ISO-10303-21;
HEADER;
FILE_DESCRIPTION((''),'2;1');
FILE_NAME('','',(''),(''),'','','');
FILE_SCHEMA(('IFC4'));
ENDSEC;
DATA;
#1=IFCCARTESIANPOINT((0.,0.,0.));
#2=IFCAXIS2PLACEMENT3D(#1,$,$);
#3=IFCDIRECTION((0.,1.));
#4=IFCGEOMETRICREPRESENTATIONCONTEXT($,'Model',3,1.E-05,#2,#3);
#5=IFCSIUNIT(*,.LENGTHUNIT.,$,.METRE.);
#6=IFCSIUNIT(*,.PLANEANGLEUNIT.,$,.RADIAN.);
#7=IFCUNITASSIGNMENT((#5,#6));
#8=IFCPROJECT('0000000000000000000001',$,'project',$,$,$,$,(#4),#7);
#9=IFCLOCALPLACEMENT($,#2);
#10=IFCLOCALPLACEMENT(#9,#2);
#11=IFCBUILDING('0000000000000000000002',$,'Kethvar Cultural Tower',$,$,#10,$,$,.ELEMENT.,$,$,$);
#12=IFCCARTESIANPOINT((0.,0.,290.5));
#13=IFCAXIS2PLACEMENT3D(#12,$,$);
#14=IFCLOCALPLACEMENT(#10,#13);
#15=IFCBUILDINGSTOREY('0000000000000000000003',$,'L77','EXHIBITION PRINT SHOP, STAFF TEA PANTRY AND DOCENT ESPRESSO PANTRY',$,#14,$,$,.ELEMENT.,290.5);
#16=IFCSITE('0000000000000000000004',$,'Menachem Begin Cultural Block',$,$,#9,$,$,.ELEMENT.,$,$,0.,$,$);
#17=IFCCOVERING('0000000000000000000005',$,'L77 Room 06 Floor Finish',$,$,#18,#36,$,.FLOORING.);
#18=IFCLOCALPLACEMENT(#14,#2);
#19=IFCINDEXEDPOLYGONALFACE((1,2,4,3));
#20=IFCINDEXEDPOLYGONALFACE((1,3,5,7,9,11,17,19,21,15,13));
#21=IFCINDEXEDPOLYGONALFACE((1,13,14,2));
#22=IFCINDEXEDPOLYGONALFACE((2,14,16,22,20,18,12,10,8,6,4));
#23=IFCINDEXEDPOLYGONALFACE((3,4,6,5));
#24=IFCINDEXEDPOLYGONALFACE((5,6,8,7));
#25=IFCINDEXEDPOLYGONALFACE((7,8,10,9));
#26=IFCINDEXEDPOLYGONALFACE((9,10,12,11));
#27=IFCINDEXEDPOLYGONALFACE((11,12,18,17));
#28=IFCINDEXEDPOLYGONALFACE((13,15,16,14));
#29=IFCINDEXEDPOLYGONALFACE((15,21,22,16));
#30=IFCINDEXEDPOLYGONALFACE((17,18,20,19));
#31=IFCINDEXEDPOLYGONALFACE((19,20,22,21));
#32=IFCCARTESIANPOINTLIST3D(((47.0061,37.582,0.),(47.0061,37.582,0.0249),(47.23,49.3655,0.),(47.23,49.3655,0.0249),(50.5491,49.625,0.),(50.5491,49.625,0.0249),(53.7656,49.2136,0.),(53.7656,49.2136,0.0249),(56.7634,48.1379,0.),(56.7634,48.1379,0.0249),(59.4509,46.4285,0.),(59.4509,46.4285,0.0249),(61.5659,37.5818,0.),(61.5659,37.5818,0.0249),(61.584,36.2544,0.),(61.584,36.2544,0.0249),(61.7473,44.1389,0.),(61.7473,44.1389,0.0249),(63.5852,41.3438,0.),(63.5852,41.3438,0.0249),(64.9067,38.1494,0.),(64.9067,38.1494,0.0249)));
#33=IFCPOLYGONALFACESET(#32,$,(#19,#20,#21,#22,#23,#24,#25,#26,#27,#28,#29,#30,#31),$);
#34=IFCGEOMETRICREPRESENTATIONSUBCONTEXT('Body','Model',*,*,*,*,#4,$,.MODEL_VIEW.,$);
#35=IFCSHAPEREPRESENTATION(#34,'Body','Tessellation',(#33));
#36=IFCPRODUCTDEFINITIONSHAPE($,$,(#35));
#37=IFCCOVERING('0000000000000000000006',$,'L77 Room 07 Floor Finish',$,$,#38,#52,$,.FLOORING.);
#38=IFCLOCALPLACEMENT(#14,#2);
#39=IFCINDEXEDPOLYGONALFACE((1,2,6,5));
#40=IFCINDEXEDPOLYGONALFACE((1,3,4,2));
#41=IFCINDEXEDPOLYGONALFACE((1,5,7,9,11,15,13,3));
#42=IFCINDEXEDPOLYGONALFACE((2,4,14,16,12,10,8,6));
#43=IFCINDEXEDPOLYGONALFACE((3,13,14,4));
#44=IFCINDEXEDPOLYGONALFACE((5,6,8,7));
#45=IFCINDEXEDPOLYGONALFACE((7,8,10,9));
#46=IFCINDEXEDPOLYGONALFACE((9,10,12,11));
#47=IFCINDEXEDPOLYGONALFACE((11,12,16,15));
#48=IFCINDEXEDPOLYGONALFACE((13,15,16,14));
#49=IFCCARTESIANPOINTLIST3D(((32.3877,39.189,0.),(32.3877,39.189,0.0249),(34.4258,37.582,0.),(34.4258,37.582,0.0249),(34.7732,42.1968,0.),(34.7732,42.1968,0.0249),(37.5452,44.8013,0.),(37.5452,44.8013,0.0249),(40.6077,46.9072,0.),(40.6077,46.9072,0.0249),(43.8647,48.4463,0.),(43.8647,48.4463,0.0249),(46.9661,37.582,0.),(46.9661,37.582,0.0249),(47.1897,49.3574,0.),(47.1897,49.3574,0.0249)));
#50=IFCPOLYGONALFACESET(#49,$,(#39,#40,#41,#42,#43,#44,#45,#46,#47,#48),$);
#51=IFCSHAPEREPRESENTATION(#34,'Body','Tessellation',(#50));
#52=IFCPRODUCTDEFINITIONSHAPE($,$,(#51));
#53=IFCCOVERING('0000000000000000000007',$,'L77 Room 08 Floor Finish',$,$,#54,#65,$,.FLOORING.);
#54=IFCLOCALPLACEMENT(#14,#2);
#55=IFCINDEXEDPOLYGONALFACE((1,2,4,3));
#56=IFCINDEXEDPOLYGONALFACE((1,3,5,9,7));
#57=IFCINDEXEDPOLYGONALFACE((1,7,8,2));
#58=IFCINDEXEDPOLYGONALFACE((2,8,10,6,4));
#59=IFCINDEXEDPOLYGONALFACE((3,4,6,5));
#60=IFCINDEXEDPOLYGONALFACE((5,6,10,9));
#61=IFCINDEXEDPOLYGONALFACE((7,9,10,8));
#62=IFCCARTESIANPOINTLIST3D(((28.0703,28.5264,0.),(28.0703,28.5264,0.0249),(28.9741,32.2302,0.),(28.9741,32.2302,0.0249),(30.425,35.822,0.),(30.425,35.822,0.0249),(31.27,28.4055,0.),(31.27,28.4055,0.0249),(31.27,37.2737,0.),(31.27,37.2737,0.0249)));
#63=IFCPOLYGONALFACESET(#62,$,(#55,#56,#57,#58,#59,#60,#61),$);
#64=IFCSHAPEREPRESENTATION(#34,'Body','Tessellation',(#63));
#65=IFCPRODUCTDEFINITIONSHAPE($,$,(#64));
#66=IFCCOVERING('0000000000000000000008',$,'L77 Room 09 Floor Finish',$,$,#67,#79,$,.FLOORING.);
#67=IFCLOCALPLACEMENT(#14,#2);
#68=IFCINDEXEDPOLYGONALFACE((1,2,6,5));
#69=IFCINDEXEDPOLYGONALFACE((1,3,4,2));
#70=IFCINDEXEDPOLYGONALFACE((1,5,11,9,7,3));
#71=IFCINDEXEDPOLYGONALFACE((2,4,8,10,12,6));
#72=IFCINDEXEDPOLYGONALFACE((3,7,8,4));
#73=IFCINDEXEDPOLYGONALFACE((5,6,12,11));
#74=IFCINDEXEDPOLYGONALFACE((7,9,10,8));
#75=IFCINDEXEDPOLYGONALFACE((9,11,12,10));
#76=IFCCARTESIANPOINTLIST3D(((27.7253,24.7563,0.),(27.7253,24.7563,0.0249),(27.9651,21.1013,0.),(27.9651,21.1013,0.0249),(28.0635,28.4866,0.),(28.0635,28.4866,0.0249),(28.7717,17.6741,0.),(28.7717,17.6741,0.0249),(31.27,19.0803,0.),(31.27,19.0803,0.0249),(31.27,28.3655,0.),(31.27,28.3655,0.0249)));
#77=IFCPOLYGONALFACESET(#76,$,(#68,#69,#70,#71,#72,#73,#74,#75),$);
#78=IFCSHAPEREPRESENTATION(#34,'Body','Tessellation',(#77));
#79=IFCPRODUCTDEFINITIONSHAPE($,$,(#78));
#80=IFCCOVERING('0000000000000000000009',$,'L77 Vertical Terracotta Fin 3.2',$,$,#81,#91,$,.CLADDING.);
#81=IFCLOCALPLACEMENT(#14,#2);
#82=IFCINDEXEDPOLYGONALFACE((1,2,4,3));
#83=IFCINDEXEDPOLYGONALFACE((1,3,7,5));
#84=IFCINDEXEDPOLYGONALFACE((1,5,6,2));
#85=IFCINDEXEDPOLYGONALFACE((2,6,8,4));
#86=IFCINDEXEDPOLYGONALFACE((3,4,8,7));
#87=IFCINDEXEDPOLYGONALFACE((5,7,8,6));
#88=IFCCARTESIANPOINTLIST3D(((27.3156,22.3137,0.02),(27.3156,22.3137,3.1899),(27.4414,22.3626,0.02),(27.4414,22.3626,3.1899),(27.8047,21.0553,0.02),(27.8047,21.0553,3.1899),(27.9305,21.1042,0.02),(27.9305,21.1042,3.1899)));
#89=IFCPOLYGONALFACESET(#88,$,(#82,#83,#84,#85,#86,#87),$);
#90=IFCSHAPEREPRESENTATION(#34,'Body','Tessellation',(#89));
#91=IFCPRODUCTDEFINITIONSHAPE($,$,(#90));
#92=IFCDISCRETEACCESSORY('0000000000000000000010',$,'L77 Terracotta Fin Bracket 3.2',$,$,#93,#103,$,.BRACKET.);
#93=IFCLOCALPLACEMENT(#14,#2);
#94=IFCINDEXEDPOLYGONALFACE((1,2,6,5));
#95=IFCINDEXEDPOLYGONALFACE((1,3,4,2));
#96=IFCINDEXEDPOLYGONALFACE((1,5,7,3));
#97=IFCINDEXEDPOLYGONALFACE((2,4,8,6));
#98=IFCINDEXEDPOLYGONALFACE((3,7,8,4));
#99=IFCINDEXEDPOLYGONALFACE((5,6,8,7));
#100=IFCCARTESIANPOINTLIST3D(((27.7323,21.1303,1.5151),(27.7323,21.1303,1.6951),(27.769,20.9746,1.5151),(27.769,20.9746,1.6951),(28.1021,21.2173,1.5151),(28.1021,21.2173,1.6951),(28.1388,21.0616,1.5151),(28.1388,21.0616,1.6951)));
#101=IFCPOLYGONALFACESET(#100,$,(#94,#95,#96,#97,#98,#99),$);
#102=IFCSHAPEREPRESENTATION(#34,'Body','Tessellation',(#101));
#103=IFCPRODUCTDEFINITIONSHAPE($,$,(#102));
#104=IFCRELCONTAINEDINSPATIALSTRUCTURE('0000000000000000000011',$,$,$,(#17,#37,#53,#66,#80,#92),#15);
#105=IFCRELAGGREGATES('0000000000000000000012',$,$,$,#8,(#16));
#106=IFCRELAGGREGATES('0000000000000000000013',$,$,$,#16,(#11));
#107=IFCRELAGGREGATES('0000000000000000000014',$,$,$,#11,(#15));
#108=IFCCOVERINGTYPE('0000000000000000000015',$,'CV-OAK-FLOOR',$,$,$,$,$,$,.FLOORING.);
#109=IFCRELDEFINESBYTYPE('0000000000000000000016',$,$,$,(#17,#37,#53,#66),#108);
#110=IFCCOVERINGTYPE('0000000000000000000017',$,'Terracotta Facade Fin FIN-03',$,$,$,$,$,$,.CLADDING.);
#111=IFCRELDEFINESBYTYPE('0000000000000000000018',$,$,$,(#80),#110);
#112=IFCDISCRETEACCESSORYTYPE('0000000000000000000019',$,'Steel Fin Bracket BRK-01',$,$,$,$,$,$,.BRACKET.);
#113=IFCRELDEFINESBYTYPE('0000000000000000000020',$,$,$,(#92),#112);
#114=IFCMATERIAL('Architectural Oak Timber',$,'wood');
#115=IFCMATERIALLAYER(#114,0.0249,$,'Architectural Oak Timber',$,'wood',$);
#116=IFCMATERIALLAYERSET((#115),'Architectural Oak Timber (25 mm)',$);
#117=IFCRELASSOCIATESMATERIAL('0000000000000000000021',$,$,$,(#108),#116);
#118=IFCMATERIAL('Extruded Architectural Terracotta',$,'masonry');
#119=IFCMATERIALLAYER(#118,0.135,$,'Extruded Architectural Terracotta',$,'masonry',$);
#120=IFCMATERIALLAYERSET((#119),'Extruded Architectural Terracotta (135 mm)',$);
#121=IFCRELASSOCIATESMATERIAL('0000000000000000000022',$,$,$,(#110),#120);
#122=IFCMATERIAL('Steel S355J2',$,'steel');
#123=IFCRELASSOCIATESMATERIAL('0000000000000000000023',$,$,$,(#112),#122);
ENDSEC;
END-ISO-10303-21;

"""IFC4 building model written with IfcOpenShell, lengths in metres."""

from ifc_helpers import new_model, si_unit, direction, frame, origin, origin_2d, place, context, subcontext, project, spatial, polyline, rectangle, outline, extrude, source, transform, mapped, material, layer, layer_set, type_object, element, save


model = new_model("IFC4")

# Units and contexts
model_context = context("Model", 3, precision=1e-05, world=origin(), true_north=direction((0.0, 1.0)))
body_context = subcontext(model_context, "Body", "Model", "MODEL_VIEW")
ifc_project = project(units=[si_unit("LENGTHUNIT", "METRE"), si_unit("PLANEANGLEUNIT", "RADIAN")], contexts=[model_context])

# Site, building, storey
site_placement = place(None, origin())
site = spatial("IfcSite", under=ifc_project, at=site_placement, Name="Menachem Begin Cultural Block", CompositionType="ELEMENT", RefElevation=0.0)
building_placement = place(site_placement, origin())
building = spatial("IfcBuilding", under=site, at=building_placement, Name="Kethvar Cultural Tower", CompositionType="ELEMENT")
storey_placement = place(building_placement, frame((0.0, 0.0, 290.5)))
storey = spatial("IfcBuildingStorey", under=building, at=storey_placement, Name="L77", Description="EXHIBITION PRINT SHOP, STAFF TEA PANTRY AND DOCENT ESPRESSO PANTRY", CompositionType="ELEMENT", Elevation=290.5)

# Coverings
ifc_material_1 = material(Name="Architectural Oak Timber", Category="wood")
ifc_layer_1 = layer(ifc_material_1, 0.0249, Name="Architectural Oak Timber", Category="wood")
ifc_layer_set_1 = layer_set([ifc_layer_1], Name="Architectural Oak Timber (25 mm)")
covering_type_1 = type_object("IfcCoveringType", Name="CV-OAK-FLOOR", PredefinedType="FLOORING", material=ifc_layer_set_1)
covering_1_placement = place(storey_placement, origin())
element("IfcCovering", 1, at=covering_1_placement, inside=storey, type_object=covering_type_1, Name="L77 Room 06 Floor Finish", PredefinedType="FLOORING", context=body_context, shape_type="SweptSolid", body=[
    extrude(outline(polyline([(47.23, 49.3655), (50.5491, 49.625), (53.7656, 49.2136), (56.7634, 48.1379), (59.4509, 46.4285), (61.7473, 44.1389), (63.5852, 41.3438), (64.9067, 38.1494), (61.584, 36.2544), (61.5659, 37.5818), (47.0061, 37.582), (47.23, 49.3655)])), origin(), (0.0, 0.0, 1.0), 0.0249),
])
covering_2_placement = place(storey_placement, origin())
element("IfcCovering", 2, at=covering_2_placement, inside=storey, type_object=covering_type_1, Name="L77 Room 07 Floor Finish", PredefinedType="FLOORING", context=body_context, shape_type="SweptSolid", body=[
    extrude(outline(polyline([(34.7732, 42.1968), (37.5452, 44.8013), (40.6077, 46.9072), (43.8647, 48.4463), (47.1897, 49.3574), (46.9661, 37.582), (34.4258, 37.582), (32.3877, 39.189), (34.7732, 42.1968)])), origin(), (0.0, 0.0, 1.0), 0.0249),
])
covering_3_placement = place(storey_placement, origin())
element("IfcCovering", 3, at=covering_3_placement, inside=storey, type_object=covering_type_1, Name="L77 Room 08 Floor Finish", PredefinedType="FLOORING", context=body_context, shape_type="SweptSolid", body=[
    extrude(outline(polyline([(28.9741, 32.2302), (30.425, 35.822), (31.27, 37.2737), (31.27, 28.4055), (28.0703, 28.5264), (28.9741, 32.2302)])), origin(), (0.0, 0.0, 1.0), 0.0249),
])
covering_4_placement = place(storey_placement, origin())
element("IfcCovering", 4, at=covering_4_placement, inside=storey, type_object=covering_type_1, Name="L77 Room 09 Floor Finish", PredefinedType="FLOORING", context=body_context, shape_type="SweptSolid", body=[
    extrude(outline(polyline([(27.9651, 21.1013), (27.7253, 24.7563), (28.0635, 28.4866), (31.27, 28.3655), (31.27, 19.0803), (28.7717, 17.6741), (27.9651, 21.1013)])), origin(), (0.0, 0.0, 1.0), 0.0249),
])
ifc_material_2 = material(Name="Extruded Architectural Terracotta", Category="masonry")
ifc_layer_2 = layer(ifc_material_2, 0.135, Name="Extruded Architectural Terracotta", Category="masonry")
ifc_layer_set_2 = layer_set([ifc_layer_2], Name="Extruded Architectural Terracotta (135 mm)")
covering_type_2 = type_object("IfcCoveringType", Name="Terracotta Facade Fin FIN-03", PredefinedType="CLADDING", material=ifc_layer_set_2)
shared_shape_1 = source(origin(), body_context, "Body", "SweptSolid", [
    extrude(rectangle(XDim=1.3501, YDim=0.135, at=origin_2d()), origin(), (0.0, 0.0, 1.0), 3.1699),
])
covering_5_placement = place(storey_placement, frame((27.623, 21.709, 0.02), z_axis=(0.0, 0.0, 1.0), x_axis=(-0.362275, 0.932071, 0.0)))
element("IfcCovering", 5, at=covering_5_placement, inside=storey, type_object=covering_type_2, Name="L77 Vertical Terracotta Fin 3.2", PredefinedType="CLADDING", context=body_context, shape_type="MappedRepresentation", body=[
    mapped(shared_shape_1, transform((0.0, 0.0, 0.0), scale=1.0)),
])

# Discrete accessory
ifc_material_3 = material(Name="Steel S355J2", Category="steel")
discrete_accessory_type = type_object("IfcDiscreteAccessoryType", Name="Steel Fin Bracket BRK-01", PredefinedType="BRACKET", material=ifc_material_3)
shared_shape_2 = source(origin(), body_context, "Body", "SweptSolid", [
    extrude(rectangle(XDim=0.3799, YDim=0.1599, at=origin_2d()), origin(), (0.0, 0.0, 1.0), 0.1799),
])
discrete_accessory_placement = place(storey_placement, frame((27.9355, 21.0959, 1.5151), z_axis=(0.0, 0.0, 1.0), x_axis=(-0.973419, -0.229031, 0.0)))
element("IfcDiscreteAccessory", 6, at=discrete_accessory_placement, inside=storey, type_object=discrete_accessory_type, Name="L77 Terracotta Fin Bracket 3.2", PredefinedType="BRACKET", context=body_context, shape_type="MappedRepresentation", body=[
    mapped(shared_shape_2, transform((0.0, 0.0, 0.0), scale=1.0)),
])

save(model, "model.ifc")
